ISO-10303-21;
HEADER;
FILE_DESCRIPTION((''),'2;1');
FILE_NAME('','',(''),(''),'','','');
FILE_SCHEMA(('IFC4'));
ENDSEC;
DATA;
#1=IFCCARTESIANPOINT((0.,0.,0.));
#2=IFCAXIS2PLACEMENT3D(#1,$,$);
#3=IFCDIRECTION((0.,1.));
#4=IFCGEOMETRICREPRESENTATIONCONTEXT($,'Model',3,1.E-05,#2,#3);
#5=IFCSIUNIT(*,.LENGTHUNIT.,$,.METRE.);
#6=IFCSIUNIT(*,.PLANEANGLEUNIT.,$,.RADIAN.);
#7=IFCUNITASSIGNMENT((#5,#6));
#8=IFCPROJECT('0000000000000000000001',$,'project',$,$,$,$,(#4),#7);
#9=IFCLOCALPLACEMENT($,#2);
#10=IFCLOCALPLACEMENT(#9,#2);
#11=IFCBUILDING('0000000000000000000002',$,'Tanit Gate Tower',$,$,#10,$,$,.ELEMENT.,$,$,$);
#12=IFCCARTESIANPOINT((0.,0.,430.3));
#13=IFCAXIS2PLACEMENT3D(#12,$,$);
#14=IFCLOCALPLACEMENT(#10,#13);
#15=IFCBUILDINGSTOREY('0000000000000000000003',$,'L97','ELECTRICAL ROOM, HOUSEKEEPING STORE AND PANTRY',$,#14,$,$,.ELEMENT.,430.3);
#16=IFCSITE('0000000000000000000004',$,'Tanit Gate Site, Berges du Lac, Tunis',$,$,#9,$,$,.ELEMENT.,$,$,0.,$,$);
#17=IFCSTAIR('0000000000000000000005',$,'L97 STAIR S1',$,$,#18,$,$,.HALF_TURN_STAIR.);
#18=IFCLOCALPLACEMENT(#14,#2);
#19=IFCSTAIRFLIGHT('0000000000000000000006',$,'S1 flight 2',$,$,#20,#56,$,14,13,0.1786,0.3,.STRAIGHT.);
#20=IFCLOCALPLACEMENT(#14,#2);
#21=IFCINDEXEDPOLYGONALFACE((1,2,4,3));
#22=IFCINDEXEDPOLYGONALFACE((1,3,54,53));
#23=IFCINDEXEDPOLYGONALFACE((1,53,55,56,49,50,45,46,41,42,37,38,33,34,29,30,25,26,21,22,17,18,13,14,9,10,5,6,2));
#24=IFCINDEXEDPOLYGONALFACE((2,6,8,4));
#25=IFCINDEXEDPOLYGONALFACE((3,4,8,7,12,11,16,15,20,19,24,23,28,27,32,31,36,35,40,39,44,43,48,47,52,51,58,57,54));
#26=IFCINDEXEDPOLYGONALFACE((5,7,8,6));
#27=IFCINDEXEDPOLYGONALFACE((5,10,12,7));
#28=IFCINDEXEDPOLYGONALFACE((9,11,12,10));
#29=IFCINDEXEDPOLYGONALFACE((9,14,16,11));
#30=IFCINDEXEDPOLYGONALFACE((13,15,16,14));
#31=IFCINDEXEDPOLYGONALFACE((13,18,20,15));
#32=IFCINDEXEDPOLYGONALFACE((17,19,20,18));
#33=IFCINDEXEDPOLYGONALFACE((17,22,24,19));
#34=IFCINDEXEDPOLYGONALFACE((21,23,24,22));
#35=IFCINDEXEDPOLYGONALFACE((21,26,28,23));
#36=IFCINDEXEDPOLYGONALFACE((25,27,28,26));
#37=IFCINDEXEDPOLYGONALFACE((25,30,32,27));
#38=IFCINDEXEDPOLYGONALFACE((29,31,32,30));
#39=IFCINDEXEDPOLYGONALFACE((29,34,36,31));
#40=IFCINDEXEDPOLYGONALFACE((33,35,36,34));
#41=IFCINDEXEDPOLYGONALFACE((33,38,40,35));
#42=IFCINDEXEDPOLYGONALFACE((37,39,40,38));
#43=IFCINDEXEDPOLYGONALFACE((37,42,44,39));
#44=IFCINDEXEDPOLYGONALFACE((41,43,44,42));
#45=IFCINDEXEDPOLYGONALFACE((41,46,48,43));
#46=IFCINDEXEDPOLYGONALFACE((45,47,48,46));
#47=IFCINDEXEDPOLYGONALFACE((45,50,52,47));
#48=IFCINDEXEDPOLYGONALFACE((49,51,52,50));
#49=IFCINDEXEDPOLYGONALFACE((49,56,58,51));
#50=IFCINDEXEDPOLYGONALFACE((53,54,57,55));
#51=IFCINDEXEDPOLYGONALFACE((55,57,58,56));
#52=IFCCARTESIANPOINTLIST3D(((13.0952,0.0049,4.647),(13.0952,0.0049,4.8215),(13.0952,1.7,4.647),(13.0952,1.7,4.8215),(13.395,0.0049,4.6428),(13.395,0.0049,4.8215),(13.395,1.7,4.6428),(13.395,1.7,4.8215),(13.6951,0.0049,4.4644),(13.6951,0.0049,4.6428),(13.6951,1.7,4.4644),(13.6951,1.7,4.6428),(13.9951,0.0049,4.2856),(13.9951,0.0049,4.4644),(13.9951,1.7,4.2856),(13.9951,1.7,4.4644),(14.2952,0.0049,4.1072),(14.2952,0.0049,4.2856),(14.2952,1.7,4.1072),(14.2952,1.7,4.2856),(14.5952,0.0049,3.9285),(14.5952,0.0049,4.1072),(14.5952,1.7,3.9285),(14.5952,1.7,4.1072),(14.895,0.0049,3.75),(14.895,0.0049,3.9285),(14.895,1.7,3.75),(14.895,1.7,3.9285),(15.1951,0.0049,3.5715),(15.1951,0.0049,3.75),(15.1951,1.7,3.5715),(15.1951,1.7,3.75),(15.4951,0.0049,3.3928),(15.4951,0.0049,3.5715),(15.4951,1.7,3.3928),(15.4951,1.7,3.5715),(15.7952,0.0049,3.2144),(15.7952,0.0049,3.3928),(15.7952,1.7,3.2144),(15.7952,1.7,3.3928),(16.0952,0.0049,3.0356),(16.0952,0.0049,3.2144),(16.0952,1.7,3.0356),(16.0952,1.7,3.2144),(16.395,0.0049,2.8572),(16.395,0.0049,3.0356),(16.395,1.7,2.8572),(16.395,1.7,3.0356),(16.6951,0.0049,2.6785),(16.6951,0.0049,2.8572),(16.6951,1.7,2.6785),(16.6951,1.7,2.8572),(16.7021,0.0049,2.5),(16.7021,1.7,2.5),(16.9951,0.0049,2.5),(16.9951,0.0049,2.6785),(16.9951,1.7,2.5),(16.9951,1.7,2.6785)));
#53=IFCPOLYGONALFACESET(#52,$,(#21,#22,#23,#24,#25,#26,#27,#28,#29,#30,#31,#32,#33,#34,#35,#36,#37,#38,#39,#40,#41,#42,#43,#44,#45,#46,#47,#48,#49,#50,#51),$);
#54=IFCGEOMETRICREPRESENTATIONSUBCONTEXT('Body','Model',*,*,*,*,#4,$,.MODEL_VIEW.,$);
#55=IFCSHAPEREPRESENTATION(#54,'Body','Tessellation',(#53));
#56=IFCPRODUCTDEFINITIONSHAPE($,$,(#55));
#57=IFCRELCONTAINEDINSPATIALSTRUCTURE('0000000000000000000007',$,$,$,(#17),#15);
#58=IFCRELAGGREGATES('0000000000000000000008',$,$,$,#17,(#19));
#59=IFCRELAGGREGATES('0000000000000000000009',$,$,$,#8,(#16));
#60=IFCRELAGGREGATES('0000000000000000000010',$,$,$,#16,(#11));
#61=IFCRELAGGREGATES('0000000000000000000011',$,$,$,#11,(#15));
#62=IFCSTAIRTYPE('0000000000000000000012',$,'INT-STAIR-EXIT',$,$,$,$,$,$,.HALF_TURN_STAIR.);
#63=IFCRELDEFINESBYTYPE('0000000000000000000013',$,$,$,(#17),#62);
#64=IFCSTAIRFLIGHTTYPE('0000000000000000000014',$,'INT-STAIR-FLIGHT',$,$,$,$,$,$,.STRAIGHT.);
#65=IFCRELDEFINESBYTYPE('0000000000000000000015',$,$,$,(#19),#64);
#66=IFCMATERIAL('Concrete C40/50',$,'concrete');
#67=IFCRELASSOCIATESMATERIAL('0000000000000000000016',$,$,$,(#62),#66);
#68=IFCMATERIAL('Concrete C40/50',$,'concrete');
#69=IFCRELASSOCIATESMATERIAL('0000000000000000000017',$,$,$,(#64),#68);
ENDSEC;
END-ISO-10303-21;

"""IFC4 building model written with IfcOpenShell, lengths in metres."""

from ifc_helpers import new_model, si_unit, direction, frame, origin, place, context, subcontext, project, spatial, polyline, outline, extrude, material, type_object, element, aggregate, save


model = new_model("IFC4")

# Units and contexts
model_context = context("Model", 3, precision=1e-05, world=origin(), true_north=direction((0.0, 1.0)))
body_context = subcontext(model_context, "Body", "Model", "MODEL_VIEW")
ifc_project = project(units=[si_unit("LENGTHUNIT", "METRE"), si_unit("PLANEANGLEUNIT", "RADIAN")], contexts=[model_context])

# Site, building, storey
site_placement = place(None, origin())
site = spatial("IfcSite", under=ifc_project, at=site_placement, Name="Tanit Gate Site, Berges du Lac, Tunis", CompositionType="ELEMENT", RefElevation=0.0)
building_placement = place(site_placement, origin())
building = spatial("IfcBuilding", under=site, at=building_placement, Name="Tanit Gate Tower", CompositionType="ELEMENT")
storey_placement = place(building_placement, frame((0.0, 0.0, 430.3)))
storey = spatial("IfcBuildingStorey", under=building, at=storey_placement, Name="L97", Description="ELECTRICAL ROOM, HOUSEKEEPING STORE AND PANTRY", CompositionType="ELEMENT", Elevation=430.3)

# Stair, stair flight
ifc_material_1 = material(Name="Concrete C40/50", Category="concrete")
stair_type = type_object("IfcStairType", Name="INT-STAIR-EXIT", PredefinedType="HALF_TURN_STAIR", material=ifc_material_1)
stair_placement = place(storey_placement, origin())
stair = element("IfcStair", 1, at=stair_placement, inside=storey, type_object=stair_type, Name="L97 STAIR S1", PredefinedType="HALF_TURN_STAIR")
ifc_material_2 = material(Name="Concrete C40/50", Category="concrete")
stair_flight_type = type_object("IfcStairFlightType", Name="INT-STAIR-FLIGHT", PredefinedType="STRAIGHT", material=ifc_material_2)
stair_flight_placement = place(storey_placement, frame((16.9951, 0.8525, 2.5), z_axis=(0.0, 0.0, 1.0), x_axis=(-1.0, 0.0, 0.0)))
stair_flight = element("IfcStairFlight", 2, at=stair_flight_placement, type_object=stair_flight_type, Name="S1 flight 2", NumberOfRisers=14, NumberOfTreads=13, PredefinedType="STRAIGHT", RiserHeight=0.1786, TreadLength=0.3, context=body_context, shape_type="SweptSolid", body=[
    extrude(outline(polyline([(0.0, 0.0), (0.0, 0.1785), (0.3, 0.1785), (0.3, 0.3572), (0.6001, 0.3572), (0.6001, 0.5356), (0.8999, 0.5356), (0.8999, 0.7144), (1.2, 0.7144), (1.2, 0.8928), (1.5, 0.8928), (1.5, 1.0715), (1.8, 1.0715), (1.8, 1.25), (2.1001, 1.25), (2.1001, 1.4285), (2.3999, 1.4285), (2.3999, 1.6072), (2.7, 1.6072), (2.7, 1.7856), (3.0, 1.7856), (3.0, 1.9644), (3.3, 1.9644), (3.3, 2.1428), (3.6001, 2.1428), (3.6001, 2.3215), (3.8999, 2.3215), (3.8999, 2.5), (3.8999, 2.147), (0.293, 0.0), (0.0, 0.0)])), frame((0.0, 0.8477, 0.0), z_axis=(0.0, -1.0, 0.0), x_axis=(1.0, 0.0, 0.0)), (0.0, 0.0, 1.0), 1.6951),
])
aggregate(stair, [stair_flight])

save(model, "model.ifc")
